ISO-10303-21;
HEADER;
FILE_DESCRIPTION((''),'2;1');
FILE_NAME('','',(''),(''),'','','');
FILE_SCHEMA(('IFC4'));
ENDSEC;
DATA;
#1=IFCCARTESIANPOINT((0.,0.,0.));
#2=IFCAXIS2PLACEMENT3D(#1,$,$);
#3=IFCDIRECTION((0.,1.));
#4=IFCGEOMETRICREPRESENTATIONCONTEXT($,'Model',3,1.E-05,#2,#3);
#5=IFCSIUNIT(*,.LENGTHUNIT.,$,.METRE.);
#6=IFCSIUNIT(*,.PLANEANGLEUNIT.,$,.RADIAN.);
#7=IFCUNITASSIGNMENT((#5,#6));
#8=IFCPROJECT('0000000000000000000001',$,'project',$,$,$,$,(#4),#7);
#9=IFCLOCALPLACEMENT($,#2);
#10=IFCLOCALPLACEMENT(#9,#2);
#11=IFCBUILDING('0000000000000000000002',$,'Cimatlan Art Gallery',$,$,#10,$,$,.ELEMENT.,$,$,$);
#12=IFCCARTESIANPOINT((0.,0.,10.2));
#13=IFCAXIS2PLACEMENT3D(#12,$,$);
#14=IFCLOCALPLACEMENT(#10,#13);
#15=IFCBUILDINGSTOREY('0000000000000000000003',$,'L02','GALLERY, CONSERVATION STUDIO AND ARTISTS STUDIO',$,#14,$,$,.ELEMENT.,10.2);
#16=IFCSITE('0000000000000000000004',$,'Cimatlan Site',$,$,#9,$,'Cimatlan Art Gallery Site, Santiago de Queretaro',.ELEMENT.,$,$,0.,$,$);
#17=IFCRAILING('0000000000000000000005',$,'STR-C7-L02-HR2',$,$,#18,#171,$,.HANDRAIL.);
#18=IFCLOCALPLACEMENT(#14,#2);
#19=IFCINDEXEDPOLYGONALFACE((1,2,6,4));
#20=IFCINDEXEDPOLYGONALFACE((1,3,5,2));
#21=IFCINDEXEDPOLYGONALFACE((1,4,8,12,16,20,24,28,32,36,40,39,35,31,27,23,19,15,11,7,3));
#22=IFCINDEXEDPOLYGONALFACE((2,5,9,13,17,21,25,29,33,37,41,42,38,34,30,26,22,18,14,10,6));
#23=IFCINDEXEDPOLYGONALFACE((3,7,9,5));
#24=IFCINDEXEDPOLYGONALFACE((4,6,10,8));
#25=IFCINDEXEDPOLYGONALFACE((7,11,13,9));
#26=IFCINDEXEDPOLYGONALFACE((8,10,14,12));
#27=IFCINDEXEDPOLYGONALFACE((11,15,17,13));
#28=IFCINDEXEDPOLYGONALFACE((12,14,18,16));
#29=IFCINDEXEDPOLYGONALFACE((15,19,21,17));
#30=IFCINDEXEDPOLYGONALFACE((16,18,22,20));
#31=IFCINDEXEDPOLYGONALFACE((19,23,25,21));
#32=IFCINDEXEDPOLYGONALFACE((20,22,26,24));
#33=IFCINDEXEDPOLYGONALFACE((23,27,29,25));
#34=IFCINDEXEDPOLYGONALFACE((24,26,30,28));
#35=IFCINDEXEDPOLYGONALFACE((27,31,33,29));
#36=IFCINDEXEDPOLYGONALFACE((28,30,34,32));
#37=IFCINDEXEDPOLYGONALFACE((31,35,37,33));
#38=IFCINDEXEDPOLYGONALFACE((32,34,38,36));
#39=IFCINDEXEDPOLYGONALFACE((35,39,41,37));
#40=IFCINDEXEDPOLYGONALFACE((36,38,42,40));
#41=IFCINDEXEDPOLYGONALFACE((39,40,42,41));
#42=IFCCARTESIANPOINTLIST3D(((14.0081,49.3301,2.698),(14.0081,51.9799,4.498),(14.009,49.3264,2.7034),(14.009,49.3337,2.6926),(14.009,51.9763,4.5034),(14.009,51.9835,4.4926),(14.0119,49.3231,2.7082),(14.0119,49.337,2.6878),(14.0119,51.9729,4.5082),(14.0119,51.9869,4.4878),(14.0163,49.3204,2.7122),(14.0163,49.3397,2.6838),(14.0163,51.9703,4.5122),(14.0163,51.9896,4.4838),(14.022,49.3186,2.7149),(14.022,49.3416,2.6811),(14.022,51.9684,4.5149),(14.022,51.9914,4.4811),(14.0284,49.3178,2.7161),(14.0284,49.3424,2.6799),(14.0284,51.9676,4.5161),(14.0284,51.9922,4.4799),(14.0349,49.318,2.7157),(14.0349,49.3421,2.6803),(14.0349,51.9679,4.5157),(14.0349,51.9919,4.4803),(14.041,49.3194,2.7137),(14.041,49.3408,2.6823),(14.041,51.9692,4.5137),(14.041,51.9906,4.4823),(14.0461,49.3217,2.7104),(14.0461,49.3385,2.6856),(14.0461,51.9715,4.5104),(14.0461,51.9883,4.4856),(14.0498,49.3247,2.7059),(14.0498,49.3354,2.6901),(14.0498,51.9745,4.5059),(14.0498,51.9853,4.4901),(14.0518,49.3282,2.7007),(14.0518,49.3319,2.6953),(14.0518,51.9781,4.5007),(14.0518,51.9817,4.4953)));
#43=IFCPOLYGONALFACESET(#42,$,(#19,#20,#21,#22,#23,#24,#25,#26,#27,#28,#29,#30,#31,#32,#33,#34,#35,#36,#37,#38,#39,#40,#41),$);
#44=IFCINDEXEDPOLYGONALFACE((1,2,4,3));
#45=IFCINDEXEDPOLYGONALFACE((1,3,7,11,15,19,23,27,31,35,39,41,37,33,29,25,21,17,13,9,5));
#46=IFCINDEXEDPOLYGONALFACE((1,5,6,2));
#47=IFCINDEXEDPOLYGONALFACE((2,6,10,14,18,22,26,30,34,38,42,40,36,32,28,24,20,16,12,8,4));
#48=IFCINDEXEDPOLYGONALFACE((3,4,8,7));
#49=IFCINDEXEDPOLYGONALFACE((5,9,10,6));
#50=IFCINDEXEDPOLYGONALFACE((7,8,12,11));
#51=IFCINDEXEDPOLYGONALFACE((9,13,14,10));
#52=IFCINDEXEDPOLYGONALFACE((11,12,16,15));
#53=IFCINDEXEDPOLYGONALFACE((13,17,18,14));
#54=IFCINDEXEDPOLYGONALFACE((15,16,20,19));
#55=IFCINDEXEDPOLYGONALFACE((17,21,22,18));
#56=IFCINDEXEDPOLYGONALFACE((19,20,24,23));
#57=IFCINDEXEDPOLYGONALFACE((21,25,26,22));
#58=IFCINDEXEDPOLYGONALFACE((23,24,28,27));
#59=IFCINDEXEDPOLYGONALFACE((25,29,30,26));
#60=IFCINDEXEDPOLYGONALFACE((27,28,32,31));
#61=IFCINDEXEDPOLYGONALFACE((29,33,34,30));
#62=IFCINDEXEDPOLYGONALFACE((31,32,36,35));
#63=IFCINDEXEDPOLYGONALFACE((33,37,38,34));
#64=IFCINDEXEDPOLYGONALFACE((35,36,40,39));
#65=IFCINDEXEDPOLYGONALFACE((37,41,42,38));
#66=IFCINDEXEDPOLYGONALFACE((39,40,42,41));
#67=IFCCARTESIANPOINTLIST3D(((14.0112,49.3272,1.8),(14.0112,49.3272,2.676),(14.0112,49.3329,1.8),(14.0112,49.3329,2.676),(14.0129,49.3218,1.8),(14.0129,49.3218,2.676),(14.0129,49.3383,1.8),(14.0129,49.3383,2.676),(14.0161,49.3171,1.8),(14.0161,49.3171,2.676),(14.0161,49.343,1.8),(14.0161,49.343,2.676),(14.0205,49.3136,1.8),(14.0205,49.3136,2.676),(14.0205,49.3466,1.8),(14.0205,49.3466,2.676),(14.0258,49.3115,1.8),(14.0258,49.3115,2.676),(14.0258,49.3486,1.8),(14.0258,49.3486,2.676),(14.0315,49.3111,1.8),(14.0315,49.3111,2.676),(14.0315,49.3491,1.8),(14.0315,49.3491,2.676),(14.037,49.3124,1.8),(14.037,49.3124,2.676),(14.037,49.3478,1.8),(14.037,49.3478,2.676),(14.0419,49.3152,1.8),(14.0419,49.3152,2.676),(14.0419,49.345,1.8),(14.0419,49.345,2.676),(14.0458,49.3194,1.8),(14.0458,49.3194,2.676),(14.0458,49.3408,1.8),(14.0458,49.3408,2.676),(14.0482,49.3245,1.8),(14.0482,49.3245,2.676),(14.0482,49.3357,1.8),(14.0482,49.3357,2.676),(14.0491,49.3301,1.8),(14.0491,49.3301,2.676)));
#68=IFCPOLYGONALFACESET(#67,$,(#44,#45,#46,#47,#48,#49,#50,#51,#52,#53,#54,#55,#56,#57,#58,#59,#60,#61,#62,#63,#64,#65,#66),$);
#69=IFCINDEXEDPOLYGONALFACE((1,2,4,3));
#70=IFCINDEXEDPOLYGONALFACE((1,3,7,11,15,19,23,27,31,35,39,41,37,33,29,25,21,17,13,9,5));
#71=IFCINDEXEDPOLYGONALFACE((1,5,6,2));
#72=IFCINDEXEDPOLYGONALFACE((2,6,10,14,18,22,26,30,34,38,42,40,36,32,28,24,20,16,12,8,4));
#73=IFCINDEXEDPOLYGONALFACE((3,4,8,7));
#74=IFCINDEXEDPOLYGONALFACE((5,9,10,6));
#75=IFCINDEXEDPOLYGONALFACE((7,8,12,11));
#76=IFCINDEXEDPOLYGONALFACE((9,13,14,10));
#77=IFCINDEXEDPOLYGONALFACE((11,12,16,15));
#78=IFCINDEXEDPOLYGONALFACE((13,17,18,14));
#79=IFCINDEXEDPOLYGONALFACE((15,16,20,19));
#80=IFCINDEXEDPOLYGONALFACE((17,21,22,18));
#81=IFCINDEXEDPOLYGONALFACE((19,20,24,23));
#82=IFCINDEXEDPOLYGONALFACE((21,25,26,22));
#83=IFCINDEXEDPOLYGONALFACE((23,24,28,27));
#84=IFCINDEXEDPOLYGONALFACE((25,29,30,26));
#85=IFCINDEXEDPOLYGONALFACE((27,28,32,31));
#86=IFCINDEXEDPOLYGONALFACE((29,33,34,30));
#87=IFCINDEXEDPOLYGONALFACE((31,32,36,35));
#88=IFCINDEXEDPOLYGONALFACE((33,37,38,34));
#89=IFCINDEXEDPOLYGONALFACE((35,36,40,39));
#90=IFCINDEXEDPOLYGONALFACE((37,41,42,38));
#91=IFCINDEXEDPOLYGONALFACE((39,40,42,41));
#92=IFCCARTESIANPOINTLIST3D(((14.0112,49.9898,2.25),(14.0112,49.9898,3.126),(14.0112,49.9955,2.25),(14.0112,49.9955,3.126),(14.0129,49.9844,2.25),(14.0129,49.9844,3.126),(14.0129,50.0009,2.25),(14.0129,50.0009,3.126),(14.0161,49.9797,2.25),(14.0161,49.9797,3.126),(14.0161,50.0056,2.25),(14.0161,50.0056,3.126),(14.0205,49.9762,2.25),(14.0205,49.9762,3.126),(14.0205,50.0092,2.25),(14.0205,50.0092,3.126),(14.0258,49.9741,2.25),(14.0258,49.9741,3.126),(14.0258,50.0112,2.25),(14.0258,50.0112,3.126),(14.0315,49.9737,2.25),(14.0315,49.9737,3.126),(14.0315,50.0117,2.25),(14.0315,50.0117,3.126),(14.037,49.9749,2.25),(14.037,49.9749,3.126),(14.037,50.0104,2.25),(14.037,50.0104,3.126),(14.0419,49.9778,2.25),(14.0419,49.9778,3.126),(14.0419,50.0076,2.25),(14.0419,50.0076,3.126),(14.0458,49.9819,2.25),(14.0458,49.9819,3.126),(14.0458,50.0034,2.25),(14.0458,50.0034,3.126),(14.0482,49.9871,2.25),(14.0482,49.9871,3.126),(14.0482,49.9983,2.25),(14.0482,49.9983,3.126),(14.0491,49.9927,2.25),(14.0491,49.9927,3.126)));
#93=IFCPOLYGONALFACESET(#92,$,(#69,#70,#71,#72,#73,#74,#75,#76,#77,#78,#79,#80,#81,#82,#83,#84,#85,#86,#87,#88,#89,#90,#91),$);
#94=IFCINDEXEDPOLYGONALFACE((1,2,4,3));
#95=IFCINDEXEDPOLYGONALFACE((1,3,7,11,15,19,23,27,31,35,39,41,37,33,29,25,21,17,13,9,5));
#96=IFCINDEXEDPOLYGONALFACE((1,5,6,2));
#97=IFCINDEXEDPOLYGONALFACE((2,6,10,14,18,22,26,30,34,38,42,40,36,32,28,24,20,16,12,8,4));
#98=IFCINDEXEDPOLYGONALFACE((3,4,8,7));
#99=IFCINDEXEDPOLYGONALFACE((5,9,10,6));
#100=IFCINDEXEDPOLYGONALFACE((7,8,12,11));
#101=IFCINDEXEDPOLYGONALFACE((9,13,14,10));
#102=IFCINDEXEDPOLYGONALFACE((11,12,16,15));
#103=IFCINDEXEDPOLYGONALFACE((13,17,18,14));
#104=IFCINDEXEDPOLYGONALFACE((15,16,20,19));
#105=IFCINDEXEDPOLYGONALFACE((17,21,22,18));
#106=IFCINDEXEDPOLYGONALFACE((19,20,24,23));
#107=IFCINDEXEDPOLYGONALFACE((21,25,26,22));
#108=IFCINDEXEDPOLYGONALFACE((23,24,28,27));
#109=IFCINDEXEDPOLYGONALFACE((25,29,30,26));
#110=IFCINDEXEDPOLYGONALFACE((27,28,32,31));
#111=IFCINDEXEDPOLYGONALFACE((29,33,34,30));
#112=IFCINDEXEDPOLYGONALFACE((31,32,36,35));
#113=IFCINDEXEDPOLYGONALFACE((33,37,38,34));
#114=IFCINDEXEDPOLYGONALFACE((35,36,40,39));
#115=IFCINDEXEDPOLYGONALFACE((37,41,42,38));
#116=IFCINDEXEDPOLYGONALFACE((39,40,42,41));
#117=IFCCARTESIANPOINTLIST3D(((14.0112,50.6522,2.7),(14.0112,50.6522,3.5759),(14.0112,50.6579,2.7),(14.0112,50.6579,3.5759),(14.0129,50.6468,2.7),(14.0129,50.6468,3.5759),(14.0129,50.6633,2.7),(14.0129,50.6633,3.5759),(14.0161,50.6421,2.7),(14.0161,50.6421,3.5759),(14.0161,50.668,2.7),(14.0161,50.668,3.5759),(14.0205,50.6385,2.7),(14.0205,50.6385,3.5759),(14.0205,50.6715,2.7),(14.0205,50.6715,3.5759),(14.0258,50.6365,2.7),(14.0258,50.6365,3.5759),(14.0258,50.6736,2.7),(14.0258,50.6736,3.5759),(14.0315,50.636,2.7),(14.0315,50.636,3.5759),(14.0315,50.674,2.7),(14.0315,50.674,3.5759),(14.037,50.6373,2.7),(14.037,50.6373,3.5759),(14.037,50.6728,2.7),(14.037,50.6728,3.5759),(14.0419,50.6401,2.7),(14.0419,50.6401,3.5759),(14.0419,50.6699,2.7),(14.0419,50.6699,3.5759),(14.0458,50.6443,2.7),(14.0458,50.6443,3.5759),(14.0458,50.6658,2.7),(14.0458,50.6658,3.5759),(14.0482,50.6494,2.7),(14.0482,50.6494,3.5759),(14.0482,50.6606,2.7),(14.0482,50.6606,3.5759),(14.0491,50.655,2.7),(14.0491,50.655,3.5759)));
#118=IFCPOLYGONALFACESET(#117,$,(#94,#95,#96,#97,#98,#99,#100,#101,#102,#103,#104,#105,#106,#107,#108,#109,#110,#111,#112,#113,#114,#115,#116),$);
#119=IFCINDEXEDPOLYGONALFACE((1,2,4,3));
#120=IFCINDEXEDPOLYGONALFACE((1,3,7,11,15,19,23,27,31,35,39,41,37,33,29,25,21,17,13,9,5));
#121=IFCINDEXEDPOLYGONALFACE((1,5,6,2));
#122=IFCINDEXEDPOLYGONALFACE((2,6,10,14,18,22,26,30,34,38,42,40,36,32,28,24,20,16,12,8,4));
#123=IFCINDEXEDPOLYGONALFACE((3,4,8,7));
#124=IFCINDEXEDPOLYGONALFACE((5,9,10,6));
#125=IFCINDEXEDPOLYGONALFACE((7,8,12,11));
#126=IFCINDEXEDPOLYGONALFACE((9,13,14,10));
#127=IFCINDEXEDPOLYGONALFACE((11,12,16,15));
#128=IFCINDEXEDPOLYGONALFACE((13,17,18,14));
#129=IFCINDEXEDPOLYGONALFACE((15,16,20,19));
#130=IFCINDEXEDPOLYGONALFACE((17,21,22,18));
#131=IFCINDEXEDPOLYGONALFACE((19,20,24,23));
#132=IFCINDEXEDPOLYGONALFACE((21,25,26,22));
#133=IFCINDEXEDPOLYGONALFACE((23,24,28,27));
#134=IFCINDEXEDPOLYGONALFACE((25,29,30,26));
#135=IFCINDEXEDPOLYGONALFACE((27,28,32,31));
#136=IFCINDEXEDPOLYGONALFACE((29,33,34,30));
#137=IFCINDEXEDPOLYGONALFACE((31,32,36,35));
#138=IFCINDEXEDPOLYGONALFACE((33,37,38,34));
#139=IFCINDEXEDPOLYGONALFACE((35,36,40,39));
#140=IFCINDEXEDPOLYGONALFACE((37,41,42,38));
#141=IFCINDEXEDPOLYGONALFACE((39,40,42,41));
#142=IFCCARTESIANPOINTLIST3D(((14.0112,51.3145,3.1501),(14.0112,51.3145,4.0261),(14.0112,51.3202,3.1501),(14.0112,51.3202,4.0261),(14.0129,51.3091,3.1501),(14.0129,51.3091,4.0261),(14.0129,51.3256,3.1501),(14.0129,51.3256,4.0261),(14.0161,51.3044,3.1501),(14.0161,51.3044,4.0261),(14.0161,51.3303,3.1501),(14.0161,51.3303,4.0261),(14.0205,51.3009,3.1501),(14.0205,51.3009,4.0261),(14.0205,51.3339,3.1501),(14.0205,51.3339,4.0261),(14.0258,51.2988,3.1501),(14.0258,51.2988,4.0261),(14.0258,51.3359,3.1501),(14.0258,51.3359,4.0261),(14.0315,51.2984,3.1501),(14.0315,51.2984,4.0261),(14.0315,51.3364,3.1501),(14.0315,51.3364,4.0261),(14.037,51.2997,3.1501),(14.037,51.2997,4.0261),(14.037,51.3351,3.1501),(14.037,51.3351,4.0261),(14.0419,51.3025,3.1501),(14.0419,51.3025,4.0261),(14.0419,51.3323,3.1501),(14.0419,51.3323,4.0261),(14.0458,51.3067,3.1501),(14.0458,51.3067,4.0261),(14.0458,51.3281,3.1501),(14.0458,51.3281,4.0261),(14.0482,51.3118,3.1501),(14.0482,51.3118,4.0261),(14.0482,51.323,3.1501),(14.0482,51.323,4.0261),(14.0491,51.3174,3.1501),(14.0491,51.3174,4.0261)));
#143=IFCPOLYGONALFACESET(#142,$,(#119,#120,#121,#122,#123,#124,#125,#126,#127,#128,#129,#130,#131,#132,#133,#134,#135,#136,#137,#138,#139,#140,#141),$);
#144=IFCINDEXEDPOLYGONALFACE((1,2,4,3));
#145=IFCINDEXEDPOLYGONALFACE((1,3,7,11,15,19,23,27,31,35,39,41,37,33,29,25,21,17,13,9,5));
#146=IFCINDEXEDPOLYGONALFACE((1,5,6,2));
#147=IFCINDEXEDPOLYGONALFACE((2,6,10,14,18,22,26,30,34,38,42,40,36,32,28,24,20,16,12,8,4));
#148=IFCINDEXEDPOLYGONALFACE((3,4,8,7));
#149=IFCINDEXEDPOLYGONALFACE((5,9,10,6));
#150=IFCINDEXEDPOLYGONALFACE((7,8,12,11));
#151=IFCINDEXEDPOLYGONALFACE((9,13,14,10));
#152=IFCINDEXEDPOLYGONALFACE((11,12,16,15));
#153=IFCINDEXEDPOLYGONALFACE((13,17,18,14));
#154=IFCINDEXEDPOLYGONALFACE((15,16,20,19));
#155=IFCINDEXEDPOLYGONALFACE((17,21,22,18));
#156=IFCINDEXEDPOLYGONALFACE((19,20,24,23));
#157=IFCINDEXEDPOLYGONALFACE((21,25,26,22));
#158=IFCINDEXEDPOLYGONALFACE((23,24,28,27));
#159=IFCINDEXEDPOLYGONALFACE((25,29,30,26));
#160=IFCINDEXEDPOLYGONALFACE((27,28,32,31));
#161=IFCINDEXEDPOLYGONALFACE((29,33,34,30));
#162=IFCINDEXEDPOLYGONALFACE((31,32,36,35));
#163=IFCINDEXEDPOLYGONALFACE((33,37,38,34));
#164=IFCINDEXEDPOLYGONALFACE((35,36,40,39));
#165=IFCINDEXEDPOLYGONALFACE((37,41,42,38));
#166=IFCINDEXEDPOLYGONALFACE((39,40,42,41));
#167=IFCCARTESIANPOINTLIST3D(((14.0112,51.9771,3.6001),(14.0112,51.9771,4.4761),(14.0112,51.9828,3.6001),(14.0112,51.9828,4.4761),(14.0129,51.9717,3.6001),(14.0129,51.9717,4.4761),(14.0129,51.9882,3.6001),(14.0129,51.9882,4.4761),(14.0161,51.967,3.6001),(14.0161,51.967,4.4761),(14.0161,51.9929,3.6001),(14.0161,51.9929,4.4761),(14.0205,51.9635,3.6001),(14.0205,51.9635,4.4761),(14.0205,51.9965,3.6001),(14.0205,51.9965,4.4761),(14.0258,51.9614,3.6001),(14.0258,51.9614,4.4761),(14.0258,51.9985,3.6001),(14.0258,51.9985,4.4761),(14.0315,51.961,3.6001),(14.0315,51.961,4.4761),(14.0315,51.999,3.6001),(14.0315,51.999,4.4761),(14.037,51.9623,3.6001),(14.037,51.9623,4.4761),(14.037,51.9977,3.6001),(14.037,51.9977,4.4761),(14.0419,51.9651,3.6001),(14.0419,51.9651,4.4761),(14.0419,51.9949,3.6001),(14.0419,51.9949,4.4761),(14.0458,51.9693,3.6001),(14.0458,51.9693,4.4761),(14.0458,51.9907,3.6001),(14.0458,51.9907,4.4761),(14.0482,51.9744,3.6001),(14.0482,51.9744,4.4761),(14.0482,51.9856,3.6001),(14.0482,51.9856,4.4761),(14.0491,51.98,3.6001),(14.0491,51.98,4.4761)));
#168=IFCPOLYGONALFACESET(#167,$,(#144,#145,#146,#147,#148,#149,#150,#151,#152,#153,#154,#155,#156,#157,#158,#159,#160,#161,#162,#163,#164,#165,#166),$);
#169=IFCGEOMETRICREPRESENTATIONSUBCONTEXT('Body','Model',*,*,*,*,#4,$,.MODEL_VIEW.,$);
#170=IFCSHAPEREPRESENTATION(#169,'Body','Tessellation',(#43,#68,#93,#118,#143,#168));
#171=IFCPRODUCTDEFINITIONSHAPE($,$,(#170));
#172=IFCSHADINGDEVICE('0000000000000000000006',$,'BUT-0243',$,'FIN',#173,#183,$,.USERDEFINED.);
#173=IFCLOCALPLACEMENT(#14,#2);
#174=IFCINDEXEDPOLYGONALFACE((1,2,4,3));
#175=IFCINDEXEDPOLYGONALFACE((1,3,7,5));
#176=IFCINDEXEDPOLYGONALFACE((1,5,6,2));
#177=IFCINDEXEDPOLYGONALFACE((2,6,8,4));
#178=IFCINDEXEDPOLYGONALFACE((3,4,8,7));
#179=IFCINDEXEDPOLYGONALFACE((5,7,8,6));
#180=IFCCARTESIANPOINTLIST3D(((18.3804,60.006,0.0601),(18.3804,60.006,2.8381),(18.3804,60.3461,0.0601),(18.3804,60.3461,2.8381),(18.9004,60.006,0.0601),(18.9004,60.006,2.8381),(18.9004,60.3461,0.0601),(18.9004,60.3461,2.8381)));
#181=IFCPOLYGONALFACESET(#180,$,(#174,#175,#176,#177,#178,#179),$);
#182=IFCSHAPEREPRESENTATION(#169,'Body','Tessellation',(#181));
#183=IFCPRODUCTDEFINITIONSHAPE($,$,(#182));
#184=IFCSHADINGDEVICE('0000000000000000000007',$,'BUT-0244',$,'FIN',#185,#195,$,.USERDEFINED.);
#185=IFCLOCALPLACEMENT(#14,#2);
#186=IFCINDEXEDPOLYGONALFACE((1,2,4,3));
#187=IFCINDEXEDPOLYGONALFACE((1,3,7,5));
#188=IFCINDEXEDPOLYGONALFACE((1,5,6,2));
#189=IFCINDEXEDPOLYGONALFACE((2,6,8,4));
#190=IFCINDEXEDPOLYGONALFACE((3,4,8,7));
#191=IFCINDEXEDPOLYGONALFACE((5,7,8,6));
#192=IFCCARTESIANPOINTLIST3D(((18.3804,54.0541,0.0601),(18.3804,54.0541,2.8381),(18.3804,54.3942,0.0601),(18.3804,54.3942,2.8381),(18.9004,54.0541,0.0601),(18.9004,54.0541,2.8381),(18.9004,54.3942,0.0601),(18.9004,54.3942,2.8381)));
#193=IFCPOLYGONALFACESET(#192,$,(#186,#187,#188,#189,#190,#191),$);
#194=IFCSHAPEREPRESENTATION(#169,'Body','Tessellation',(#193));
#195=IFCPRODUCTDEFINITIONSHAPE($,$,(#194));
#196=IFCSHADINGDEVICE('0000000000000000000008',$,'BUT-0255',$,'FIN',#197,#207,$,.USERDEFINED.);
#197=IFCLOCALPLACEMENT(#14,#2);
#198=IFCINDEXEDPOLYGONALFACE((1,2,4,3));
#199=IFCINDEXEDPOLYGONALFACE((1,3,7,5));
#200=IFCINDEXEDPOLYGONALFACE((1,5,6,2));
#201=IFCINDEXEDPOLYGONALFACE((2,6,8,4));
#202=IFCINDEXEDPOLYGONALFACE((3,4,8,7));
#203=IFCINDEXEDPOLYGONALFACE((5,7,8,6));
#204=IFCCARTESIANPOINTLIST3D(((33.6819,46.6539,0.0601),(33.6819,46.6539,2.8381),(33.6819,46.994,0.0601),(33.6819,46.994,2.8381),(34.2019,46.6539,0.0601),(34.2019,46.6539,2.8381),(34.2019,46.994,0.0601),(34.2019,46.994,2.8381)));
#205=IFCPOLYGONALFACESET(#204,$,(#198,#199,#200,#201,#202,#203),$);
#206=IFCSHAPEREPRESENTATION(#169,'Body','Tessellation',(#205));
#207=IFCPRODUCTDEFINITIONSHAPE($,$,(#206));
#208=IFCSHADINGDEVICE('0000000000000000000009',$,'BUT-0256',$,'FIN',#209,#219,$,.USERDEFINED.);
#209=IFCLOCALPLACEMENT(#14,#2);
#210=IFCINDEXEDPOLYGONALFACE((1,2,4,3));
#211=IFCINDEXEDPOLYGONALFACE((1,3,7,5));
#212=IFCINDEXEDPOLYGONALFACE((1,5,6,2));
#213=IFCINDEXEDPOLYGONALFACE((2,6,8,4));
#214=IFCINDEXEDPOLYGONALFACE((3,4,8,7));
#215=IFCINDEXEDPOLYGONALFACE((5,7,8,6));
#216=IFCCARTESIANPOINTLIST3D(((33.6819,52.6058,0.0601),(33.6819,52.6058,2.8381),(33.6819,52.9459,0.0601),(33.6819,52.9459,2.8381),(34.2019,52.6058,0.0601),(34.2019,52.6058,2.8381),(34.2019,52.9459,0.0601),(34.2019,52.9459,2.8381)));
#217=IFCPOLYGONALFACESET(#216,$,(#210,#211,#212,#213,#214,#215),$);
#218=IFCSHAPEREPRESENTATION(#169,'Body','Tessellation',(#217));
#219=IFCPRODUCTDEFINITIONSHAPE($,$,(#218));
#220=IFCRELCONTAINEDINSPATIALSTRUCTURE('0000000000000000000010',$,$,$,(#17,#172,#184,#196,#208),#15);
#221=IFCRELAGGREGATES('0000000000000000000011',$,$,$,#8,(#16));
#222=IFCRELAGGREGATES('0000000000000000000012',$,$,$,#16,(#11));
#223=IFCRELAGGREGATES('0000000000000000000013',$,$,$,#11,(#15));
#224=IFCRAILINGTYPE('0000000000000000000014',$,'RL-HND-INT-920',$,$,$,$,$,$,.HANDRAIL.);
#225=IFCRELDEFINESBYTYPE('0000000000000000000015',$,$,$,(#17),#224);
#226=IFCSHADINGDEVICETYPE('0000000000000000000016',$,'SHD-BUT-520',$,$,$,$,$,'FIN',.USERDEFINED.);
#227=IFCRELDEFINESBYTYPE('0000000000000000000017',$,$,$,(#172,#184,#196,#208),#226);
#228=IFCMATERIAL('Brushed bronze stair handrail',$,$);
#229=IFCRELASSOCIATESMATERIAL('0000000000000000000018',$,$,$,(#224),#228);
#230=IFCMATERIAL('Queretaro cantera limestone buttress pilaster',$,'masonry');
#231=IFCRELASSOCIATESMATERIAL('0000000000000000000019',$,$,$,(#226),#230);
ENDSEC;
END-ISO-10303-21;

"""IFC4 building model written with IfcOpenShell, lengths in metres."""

from ifc_helpers import new_model, si_unit, direction, frame, origin, origin_2d, place, context, subcontext, project, spatial, rectangle, circle, extrude, material, type_object, element, save


model = new_model("IFC4")

# Units and contexts
model_context = context("Model", 3, precision=1e-05, world=origin(), true_north=direction((0.0, 1.0)))
body_context = subcontext(model_context, "Body", "Model", "MODEL_VIEW")
ifc_project = project(units=[si_unit("LENGTHUNIT", "METRE"), si_unit("PLANEANGLEUNIT", "RADIAN")], contexts=[model_context])

# Site, building, storey
site_placement = place(None, origin())
site = spatial("IfcSite", under=ifc_project, at=site_placement, Name="Cimatlan Site", LongName="Cimatlan Art Gallery Site, Santiago de Queretaro", CompositionType="ELEMENT", RefElevation=0.0)
building_placement = place(site_placement, origin())
building = spatial("IfcBuilding", under=site, at=building_placement, Name="Cimatlan Art Gallery", CompositionType="ELEMENT")
storey_placement = place(building_placement, frame((0.0, 0.0, 10.2)))
storey = spatial("IfcBuildingStorey", under=building, at=storey_placement, Name="L02", Description="GALLERY, CONSERVATION STUDIO AND ARTISTS STUDIO", CompositionType="ELEMENT", Elevation=10.2)

# Railing
ifc_material_1 = material(Name="Brushed bronze stair handrail")
railing_type_1 = type_object("IfcRailingType", Name="RL-HND-INT-920", PredefinedType="HANDRAIL", material=ifc_material_1)
railing_1_placement = place(storey_placement, frame((14.03, 49.3301, 1.8)))
element("IfcRailing", 1, at=railing_1_placement, inside=storey, type_object=railing_type_1, Name="STR-C7-L02-HR2", PredefinedType="HANDRAIL", context=body_context, shape_type="SweptSolid", body=[
    extrude(circle(Radius=0.022, at=origin_2d()), frame((0.0, 0.0, 0.8979), z_axis=(0.0, 0.8272, 0.561908), x_axis=(-1.0, 0.0, 0.0)), (0.0, 0.0, 1.0), 3.2034),
    extrude(circle(Radius=0.019, at=origin_2d()), origin(), (0.0, 0.0, 1.0), 0.876),
    extrude(circle(Radius=0.019, at=origin_2d()), frame((0.0, 0.6626, 0.45)), (0.0, 0.0, 1.0), 0.876),
    extrude(circle(Radius=0.019, at=origin_2d()), frame((0.0, 1.325, 0.8999)), (0.0, 0.0, 1.0), 0.876),
    extrude(circle(Radius=0.019, at=origin_2d()), frame((0.0, 1.9873, 1.3501)), (0.0, 0.0, 1.0), 0.876),
    extrude(circle(Radius=0.019, at=origin_2d()), frame((0.0, 2.6499, 1.8)), (0.0, 0.0, 1.0), 0.876),
])

# Shading devices
ifc_material_2 = material(Name="Queretaro cantera limestone buttress pilaster", Category="masonry")
shading_device_type_1 = type_object("IfcShadingDeviceType", Name="SHD-BUT-520", ElementType="FIN", PredefinedType="USERDEFINED", material=ifc_material_2)
for number, where, z_axis, x_axis, name in (
    (2, (18.6404, 60.176, 0.0601), (0.0, 0.0, 1.0), (0.0, -1.0, 0.0), "BUT-0243"),
    (3, (18.6404, 54.2241, 0.0601), (0.0, 0.0, 1.0), (0.0, -1.0, 0.0), "BUT-0244"),
    (4, (33.9419, 46.824, 0.0601), (0.0, 0.0, 1.0), (0.0, 1.0, 0.0), "BUT-0255"),
    (5, (33.9419, 52.7759, 0.0601), (0.0, 0.0, 1.0), (0.0, 1.0, 0.0), "BUT-0256"),
):
    element("IfcShadingDevice", number, at=place(storey_placement, frame(where, z_axis=z_axis, x_axis=x_axis)), inside=storey, type_object=shading_device_type_1, Name=name, ObjectType="FIN", PredefinedType="USERDEFINED", context=body_context, shape_type="SweptSolid", body=[
        extrude(rectangle(XDim=0.3401, YDim=0.52, at=origin_2d()), origin(), (0.0, 0.0, 1.0), 2.7781),
    ])

save(model, "model.ifc")
